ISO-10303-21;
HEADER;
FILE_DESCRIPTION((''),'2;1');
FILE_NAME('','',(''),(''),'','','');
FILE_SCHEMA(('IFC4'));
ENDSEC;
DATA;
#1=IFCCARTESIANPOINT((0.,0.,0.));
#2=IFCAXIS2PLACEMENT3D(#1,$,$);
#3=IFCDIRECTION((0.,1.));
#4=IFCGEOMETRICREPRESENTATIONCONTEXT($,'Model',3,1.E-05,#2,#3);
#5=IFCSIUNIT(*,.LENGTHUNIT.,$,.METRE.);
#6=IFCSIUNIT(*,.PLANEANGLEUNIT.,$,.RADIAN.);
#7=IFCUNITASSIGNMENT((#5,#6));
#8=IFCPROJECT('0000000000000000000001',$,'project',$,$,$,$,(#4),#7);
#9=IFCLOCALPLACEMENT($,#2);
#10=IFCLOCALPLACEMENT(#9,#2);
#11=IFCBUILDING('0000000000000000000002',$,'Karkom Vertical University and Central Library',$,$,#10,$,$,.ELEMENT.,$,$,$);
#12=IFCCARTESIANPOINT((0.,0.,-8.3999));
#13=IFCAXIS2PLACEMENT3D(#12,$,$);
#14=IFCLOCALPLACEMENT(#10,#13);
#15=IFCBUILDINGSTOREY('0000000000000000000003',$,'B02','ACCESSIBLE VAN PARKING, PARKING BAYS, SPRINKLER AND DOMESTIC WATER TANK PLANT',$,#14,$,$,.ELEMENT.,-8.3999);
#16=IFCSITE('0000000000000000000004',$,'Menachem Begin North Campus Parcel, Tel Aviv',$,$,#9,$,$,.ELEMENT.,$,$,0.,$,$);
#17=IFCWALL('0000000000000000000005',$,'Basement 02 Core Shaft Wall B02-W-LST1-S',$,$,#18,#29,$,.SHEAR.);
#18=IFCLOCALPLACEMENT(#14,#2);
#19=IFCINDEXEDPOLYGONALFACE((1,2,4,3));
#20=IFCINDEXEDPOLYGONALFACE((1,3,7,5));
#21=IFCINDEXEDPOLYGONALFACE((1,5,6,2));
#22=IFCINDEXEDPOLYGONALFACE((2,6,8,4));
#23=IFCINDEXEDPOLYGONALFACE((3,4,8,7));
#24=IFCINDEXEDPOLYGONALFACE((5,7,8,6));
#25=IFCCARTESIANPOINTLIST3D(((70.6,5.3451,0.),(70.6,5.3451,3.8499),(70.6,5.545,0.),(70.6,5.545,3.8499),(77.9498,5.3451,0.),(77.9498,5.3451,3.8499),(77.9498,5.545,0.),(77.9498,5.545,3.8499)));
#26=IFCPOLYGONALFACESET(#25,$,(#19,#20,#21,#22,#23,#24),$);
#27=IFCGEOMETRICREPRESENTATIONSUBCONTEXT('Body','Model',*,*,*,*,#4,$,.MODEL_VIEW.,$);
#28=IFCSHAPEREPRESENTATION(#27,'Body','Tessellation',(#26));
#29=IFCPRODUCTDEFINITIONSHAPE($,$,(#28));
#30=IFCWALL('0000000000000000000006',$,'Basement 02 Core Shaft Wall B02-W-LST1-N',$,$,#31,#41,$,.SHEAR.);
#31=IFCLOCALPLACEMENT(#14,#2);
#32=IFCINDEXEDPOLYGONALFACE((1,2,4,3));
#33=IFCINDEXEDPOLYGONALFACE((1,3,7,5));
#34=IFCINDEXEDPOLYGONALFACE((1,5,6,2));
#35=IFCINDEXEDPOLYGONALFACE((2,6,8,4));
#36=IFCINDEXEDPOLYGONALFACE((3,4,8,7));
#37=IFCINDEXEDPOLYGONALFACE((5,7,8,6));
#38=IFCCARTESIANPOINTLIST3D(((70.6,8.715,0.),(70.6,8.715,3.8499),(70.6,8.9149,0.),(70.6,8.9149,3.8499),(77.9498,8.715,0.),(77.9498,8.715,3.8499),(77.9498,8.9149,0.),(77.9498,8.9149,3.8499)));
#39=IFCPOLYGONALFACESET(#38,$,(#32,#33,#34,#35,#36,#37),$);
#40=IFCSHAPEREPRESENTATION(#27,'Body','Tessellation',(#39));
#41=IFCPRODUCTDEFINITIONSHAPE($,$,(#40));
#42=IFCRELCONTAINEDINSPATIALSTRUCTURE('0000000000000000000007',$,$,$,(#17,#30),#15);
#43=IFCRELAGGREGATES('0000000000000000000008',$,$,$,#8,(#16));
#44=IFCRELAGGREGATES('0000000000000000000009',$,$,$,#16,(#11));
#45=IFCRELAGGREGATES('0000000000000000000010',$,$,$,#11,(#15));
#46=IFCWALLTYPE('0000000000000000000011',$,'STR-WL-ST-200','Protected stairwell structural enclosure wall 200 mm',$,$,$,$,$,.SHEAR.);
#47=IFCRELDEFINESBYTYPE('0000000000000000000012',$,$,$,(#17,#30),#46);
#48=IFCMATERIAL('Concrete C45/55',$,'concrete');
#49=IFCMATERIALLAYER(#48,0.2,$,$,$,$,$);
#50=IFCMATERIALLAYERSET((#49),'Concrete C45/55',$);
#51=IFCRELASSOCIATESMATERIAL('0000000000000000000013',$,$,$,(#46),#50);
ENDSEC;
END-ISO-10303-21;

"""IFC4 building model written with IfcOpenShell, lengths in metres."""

from ifc_helpers import new_model, si_unit, direction, frame, frame_2d, origin, place, context, subcontext, project, spatial, rectangle, extrude, material, layer, layer_set, type_object, element, save


model = new_model("IFC4")

# Units and contexts
model_context = context("Model", 3, precision=1e-05, world=origin(), true_north=direction((0.0, 1.0)))
body_context = subcontext(model_context, "Body", "Model", "MODEL_VIEW")
ifc_project = project(units=[si_unit("LENGTHUNIT", "METRE"), si_unit("PLANEANGLEUNIT", "RADIAN")], contexts=[model_context])

# Site, building, storey
site_placement = place(None, origin())
site = spatial("IfcSite", under=ifc_project, at=site_placement, Name="Menachem Begin North Campus Parcel, Tel Aviv", CompositionType="ELEMENT", RefElevation=0.0)
building_placement = place(site_placement, origin())
building = spatial("IfcBuilding", under=site, at=building_placement, Name="Karkom Vertical University and Central Library", CompositionType="ELEMENT")
storey_placement = place(building_placement, frame((0.0, 0.0, -8.3999)))
storey = spatial("IfcBuildingStorey", under=building, at=storey_placement, Name="B02", Description="ACCESSIBLE VAN PARKING, PARKING BAYS, SPRINKLER AND DOMESTIC WATER TANK PLANT", CompositionType="ELEMENT", Elevation=-8.3999)

# Shared definitions
ifc_material_1 = material(Name="Concrete C45/55", Category="concrete")

# Walls
ifc_layer = layer(ifc_material_1, 0.2)
ifc_layer_set = layer_set([ifc_layer], Name="Concrete C45/55")
wall_type = type_object("IfcWallType", Name="STR-WL-ST-200", Description="Protected stairwell structural enclosure wall 200 mm", PredefinedType="SHEAR", material=ifc_layer_set)
for number, where, z_axis, x_axis, name in (
    (1, (70.6001, 5.4451, 0.0), (0.0, 0.0, 1.0), (1.0, 0.0, 0.0), "Basement 02 Core Shaft Wall B02-W-LST1-S"),
    (2, (70.6001, 8.8149, 0.0), (0.0, 0.0, 1.0), (1.0, 0.0, 0.0), "Basement 02 Core Shaft Wall B02-W-LST1-N"),
):
    element("IfcWall", number, at=place(storey_placement, frame(where, z_axis=z_axis, x_axis=x_axis)), inside=storey, type_object=wall_type, Name=name, PredefinedType="SHEAR", context=body_context, shape_type="SweptSolid", body=[
        extrude(rectangle(XDim=7.3499, YDim=0.2, at=frame_2d((3.6748, 0.0))), origin(), (0.0, 0.0, 1.0), 3.8499),
    ])

save(model, "model.ifc")
